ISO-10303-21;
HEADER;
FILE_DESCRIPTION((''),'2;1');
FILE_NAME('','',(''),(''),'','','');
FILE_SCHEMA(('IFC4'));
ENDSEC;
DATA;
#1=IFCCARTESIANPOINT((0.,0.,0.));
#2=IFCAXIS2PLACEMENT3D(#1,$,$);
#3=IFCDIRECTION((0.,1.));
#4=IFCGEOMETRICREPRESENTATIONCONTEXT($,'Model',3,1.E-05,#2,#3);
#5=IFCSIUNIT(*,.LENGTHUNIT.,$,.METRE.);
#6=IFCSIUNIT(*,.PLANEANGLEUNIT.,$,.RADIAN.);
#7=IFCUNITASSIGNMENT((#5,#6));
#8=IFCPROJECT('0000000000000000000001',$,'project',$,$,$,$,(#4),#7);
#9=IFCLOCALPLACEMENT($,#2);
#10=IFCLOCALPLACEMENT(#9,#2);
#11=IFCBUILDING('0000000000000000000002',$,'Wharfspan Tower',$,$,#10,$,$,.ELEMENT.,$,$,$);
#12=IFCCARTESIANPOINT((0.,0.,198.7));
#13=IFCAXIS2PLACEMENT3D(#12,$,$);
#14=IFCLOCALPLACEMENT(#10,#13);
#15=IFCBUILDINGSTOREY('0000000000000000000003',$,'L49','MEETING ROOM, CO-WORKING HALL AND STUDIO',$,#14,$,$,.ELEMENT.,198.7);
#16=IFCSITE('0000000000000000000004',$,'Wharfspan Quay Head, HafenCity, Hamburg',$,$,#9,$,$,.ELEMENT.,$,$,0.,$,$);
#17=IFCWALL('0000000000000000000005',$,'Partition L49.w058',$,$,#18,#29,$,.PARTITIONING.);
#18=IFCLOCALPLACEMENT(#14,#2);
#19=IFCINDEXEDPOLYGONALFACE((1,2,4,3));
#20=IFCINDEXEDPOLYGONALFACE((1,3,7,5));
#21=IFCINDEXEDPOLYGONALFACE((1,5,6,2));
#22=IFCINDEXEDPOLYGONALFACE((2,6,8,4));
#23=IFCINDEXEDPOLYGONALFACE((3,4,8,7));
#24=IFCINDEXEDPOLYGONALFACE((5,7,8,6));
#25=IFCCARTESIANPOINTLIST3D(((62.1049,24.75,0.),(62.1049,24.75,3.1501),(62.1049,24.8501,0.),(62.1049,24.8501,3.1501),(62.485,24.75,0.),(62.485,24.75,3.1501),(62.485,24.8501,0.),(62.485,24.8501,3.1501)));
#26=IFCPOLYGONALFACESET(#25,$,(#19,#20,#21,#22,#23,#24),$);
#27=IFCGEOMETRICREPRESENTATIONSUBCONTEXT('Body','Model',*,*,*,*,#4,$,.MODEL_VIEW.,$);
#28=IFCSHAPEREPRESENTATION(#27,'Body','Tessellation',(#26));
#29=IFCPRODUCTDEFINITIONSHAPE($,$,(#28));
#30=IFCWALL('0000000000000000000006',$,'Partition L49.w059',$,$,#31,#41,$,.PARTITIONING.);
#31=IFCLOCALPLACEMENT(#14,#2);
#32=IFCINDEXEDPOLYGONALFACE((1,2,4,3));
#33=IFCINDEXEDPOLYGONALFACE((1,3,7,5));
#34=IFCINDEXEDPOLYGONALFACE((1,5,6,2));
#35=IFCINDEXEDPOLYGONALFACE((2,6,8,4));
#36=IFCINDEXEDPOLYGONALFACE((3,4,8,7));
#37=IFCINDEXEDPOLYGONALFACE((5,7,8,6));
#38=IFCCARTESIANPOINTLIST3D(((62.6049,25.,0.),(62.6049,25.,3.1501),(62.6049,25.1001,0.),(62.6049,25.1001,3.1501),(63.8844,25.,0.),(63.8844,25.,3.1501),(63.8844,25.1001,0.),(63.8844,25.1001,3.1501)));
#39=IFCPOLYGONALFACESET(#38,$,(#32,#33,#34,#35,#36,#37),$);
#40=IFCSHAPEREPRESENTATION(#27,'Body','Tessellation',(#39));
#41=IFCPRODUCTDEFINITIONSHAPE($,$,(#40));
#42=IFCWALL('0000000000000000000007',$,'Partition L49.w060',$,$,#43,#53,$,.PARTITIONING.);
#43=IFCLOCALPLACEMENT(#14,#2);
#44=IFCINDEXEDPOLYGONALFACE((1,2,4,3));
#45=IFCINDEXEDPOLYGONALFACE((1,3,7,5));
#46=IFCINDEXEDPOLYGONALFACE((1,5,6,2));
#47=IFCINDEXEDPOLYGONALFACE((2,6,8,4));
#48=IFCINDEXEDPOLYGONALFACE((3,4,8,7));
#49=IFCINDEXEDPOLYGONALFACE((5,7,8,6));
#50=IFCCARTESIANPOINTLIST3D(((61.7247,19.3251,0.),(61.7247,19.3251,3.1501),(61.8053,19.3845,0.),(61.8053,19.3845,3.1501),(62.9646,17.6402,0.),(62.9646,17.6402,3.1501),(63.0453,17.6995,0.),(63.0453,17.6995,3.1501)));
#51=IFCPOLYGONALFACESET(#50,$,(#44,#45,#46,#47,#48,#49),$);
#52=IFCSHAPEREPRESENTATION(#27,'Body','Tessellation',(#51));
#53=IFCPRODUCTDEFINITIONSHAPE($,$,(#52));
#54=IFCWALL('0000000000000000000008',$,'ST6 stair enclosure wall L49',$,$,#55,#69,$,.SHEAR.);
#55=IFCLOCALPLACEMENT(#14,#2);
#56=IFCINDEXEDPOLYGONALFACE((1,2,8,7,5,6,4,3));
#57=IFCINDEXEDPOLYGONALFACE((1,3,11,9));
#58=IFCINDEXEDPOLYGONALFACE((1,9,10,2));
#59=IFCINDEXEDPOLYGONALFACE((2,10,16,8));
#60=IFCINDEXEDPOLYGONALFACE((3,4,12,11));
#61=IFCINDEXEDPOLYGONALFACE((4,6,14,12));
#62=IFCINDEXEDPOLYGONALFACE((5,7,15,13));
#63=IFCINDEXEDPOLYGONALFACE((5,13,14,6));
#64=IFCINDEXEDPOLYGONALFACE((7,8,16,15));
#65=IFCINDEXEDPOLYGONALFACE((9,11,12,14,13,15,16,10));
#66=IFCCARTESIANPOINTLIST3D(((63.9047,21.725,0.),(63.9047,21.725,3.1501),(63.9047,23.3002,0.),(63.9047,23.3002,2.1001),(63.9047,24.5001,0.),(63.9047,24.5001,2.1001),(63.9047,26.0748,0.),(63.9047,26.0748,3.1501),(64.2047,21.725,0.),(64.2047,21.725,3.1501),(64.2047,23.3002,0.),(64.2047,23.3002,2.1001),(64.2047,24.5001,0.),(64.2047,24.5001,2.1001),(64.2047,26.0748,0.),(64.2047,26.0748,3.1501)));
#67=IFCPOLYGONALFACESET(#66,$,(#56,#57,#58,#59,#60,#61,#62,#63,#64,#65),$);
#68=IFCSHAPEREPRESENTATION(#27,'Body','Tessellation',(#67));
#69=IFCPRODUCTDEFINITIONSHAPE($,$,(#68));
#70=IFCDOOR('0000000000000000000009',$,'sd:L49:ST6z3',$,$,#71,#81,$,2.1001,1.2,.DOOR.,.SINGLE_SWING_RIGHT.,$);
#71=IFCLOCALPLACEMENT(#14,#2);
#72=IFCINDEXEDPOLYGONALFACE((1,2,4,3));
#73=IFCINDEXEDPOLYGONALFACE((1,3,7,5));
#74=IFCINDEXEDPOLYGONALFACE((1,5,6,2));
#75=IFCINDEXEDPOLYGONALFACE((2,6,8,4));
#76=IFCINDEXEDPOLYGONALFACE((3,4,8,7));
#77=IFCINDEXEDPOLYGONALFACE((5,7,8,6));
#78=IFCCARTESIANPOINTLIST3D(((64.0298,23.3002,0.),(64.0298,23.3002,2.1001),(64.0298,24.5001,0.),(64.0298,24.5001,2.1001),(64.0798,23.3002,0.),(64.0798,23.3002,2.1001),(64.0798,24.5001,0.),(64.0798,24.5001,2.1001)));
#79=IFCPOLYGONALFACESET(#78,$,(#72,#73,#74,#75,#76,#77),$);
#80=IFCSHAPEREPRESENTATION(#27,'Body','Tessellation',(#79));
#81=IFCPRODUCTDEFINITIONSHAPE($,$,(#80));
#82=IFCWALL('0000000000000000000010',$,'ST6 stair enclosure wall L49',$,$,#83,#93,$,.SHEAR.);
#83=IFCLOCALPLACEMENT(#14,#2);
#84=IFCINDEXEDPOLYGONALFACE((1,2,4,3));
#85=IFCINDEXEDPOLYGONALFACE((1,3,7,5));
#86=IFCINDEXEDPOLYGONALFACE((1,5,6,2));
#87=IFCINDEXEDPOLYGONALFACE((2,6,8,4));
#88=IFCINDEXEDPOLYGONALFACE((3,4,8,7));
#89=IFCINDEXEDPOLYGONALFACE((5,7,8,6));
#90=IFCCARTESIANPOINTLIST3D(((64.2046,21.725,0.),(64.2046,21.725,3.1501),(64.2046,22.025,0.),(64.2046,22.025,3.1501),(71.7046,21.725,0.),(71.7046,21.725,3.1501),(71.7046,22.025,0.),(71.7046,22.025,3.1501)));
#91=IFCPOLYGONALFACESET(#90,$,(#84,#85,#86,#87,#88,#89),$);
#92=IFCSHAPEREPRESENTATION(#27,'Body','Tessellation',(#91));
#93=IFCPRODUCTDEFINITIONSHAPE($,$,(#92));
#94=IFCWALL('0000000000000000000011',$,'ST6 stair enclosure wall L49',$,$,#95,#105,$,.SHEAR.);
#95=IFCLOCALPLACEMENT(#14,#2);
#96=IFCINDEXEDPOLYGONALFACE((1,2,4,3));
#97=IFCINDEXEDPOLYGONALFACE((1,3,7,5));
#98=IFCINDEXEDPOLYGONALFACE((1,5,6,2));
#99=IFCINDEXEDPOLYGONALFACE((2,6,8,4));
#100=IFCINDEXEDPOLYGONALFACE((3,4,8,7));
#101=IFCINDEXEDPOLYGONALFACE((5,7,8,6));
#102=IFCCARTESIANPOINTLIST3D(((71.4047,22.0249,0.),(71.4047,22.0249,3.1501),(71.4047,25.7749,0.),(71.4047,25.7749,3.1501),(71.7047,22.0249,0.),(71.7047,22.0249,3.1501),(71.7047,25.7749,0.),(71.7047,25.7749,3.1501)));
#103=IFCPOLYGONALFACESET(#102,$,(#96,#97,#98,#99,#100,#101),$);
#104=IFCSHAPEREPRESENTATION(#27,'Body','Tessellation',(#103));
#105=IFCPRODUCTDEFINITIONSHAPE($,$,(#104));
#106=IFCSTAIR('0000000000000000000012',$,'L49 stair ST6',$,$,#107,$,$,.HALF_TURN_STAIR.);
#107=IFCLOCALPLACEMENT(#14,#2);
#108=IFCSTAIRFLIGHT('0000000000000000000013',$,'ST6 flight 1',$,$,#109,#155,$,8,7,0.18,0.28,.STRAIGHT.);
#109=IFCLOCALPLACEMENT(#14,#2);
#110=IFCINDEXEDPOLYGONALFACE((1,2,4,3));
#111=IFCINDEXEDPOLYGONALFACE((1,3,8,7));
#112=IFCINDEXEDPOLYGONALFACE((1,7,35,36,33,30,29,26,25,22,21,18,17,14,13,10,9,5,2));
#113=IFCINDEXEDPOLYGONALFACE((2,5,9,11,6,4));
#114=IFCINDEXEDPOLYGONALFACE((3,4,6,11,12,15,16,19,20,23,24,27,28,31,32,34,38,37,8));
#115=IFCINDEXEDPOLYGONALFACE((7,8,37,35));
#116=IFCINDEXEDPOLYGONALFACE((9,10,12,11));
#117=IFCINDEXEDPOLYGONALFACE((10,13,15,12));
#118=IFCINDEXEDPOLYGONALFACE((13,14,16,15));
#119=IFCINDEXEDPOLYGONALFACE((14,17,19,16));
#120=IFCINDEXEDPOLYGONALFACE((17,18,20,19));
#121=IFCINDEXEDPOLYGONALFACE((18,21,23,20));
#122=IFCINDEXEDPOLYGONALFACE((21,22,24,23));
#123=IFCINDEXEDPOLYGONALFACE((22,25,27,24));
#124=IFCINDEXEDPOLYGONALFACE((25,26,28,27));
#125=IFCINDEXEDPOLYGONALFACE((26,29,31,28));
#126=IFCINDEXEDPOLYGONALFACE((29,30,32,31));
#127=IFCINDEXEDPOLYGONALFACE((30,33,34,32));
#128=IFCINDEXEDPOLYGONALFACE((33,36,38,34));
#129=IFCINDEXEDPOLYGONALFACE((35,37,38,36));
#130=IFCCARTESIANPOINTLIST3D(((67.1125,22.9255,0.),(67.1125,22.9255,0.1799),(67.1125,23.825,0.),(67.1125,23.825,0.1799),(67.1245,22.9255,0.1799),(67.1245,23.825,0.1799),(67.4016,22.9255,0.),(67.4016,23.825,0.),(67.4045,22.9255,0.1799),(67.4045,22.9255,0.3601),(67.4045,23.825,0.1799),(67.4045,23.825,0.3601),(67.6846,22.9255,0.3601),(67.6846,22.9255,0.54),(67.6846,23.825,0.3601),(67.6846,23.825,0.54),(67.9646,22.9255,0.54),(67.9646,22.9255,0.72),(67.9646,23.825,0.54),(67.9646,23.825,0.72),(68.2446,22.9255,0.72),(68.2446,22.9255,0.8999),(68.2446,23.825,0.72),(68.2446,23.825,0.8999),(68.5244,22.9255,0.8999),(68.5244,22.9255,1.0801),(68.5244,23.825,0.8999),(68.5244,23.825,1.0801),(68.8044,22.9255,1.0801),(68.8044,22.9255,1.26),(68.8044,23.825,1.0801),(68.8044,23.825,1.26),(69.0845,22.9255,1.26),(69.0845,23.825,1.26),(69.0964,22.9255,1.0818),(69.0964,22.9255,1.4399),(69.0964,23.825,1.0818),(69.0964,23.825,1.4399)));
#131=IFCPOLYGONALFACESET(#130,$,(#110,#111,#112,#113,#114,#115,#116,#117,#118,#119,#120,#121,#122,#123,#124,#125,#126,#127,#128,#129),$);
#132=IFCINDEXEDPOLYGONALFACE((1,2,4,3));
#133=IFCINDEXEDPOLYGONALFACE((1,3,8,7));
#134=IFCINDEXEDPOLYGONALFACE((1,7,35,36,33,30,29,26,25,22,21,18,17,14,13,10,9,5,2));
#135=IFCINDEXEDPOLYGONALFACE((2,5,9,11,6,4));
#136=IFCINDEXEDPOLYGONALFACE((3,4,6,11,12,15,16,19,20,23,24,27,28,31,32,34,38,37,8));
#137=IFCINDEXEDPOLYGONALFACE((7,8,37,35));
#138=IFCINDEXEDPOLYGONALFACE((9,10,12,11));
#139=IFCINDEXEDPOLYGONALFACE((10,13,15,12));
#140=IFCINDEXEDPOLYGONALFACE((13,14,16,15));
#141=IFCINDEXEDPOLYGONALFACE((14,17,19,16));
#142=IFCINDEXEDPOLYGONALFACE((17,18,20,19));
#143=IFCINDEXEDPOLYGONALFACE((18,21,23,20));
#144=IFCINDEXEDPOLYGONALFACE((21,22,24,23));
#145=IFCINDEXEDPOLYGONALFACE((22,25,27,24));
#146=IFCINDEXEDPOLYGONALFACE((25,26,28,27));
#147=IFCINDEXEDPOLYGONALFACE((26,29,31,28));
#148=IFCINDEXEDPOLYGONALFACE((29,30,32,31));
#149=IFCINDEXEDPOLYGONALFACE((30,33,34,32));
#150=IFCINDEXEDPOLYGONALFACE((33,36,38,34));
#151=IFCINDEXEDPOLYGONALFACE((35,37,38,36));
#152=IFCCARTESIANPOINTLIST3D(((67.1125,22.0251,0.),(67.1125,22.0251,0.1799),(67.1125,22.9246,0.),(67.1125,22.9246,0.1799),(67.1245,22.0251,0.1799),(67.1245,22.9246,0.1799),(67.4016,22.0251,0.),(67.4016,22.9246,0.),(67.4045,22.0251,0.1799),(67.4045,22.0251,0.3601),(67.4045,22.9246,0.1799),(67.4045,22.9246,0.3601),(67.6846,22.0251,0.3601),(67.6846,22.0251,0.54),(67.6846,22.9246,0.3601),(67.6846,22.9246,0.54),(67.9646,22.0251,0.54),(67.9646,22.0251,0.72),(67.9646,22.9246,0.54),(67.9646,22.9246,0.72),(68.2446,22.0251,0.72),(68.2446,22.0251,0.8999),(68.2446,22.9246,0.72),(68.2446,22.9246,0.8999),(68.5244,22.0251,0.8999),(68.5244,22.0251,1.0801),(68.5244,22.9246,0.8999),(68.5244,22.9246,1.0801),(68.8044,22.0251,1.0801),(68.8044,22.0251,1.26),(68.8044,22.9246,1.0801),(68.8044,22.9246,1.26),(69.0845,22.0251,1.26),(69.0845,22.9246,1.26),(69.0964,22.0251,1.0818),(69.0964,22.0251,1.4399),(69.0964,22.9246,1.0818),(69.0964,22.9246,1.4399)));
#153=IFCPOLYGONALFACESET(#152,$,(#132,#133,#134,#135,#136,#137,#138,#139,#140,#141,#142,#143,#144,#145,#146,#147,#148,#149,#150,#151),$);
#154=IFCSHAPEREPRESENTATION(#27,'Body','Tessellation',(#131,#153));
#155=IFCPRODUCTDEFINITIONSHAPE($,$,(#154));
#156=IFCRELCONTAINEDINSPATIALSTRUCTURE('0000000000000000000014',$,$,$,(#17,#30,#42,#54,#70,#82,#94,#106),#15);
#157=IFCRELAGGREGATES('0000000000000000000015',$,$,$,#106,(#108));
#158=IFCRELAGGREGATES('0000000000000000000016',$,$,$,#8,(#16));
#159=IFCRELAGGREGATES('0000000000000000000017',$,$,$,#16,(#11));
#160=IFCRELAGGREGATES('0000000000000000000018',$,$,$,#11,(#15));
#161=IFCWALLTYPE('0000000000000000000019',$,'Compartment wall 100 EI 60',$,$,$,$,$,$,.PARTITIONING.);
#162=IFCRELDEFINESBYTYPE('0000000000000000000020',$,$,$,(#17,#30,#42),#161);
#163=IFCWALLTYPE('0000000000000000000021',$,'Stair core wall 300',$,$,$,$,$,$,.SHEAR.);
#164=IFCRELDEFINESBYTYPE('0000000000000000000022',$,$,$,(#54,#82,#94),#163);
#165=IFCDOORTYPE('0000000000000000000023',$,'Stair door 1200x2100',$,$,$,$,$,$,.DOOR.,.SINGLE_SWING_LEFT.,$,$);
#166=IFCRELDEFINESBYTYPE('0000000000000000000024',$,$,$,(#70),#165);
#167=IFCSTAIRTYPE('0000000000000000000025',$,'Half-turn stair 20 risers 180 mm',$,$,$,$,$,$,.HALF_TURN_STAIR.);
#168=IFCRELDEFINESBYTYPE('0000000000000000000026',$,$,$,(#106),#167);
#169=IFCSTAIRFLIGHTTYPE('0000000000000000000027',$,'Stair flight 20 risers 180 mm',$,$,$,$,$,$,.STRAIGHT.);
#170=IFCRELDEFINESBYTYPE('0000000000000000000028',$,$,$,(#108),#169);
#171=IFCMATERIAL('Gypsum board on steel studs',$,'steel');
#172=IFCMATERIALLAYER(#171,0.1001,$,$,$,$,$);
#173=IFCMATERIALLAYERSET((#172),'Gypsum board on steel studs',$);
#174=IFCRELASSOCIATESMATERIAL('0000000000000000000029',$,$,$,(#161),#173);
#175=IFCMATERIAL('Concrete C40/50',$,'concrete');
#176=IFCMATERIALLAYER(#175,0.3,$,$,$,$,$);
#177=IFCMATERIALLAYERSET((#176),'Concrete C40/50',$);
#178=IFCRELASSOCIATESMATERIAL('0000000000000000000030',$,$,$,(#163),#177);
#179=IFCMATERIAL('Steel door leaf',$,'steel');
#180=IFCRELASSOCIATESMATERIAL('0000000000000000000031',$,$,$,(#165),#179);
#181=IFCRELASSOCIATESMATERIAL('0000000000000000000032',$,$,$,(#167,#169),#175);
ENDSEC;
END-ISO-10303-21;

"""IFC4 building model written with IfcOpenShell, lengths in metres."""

from ifc_helpers import new_model, si_unit, direction, frame, frame_2d, origin, place, context, subcontext, project, spatial, polyline, rectangle, outline, extrude, material, layer, layer_set, type_object, element, fill, aggregate, save


model = new_model("IFC4")

# Units and contexts
model_context = context("Model", 3, precision=1e-05, world=origin(), true_north=direction((0.0, 1.0)))
body_context = subcontext(model_context, "Body", "Model", "MODEL_VIEW")
ifc_project = project(units=[si_unit("LENGTHUNIT", "METRE"), si_unit("PLANEANGLEUNIT", "RADIAN")], contexts=[model_context])

# Site, building, storey
site_placement = place(None, origin())
site = spatial("IfcSite", under=ifc_project, at=site_placement, Name="Wharfspan Quay Head, HafenCity, Hamburg", CompositionType="ELEMENT", RefElevation=0.0)
building_placement = place(site_placement, origin())
building = spatial("IfcBuilding", under=site, at=building_placement, Name="Wharfspan Tower", CompositionType="ELEMENT")
storey_placement = place(building_placement, frame((0.0, 0.0, 198.7)))
storey = spatial("IfcBuildingStorey", under=building, at=storey_placement, Name="L49", Description="MEETING ROOM, CO-WORKING HALL AND STUDIO", CompositionType="ELEMENT", Elevation=198.7)

# Shared definitions
ifc_material_1 = material(Name="Gypsum board on steel studs", Category="steel")
ifc_layer_1 = layer(ifc_material_1, 0.1001)
ifc_layer_set_1 = layer_set([ifc_layer_1], Name="Gypsum board on steel studs")
wall_type_1 = type_object("IfcWallType", Name="Compartment wall 100 EI 60", PredefinedType="PARTITIONING", material=ifc_layer_set_1)

# Walls
wall_1_placement = place(storey_placement, frame((62.105, 24.8, 0.0), z_axis=(0.0, 0.0, 1.0), x_axis=(1.0, 0.0, 0.0)))
element("IfcWall", 1, at=wall_1_placement, inside=storey, type_object=wall_type_1, Name="Partition L49.w058", PredefinedType="PARTITIONING", context=body_context, shape_type="SweptSolid", body=[
    extrude(rectangle(XDim=0.3801, YDim=0.1001, at=frame_2d((0.1899, 0.0))), origin(), (0.0, 0.0, 1.0), 3.1501),
])
wall_2_placement = place(storey_placement, frame((62.605, 25.05, 0.0), z_axis=(0.0, 0.0, 1.0), x_axis=(1.0, 0.0, 0.0)))
element("IfcWall", 2, at=wall_2_placement, inside=storey, type_object=wall_type_1, Name="Partition L49.w059", PredefinedType="PARTITIONING", context=body_context, shape_type="SweptSolid", body=[
    extrude(rectangle(XDim=1.2795, YDim=0.1001, at=frame_2d((0.6396, 0.0))), origin(), (0.0, 0.0, 1.0), 3.1501),
])
wall_3_placement = place(storey_placement, frame((63.0049, 17.6699, 0.0), z_axis=(0.0, 0.0, 1.0), x_axis=(-0.592694, 0.805429, 0.0)))
element("IfcWall", 3, at=wall_3_placement, inside=storey, type_object=wall_type_1, Name="Partition L49.w060", PredefinedType="PARTITIONING", context=body_context, shape_type="SweptSolid", body=[
    extrude(rectangle(XDim=2.092, YDim=0.1001, at=frame_2d((1.0459, 0.0))), origin(), (0.0, 0.0, 1.0), 3.1501),
])

# Wall, opening, door
ifc_material_2 = material(Name="Concrete C40/50", Category="concrete")
ifc_layer_2 = layer(ifc_material_2, 0.3)
ifc_layer_set_2 = layer_set([ifc_layer_2], Name="Concrete C40/50")
wall_type_2 = type_object("IfcWallType", Name="Stair core wall 300", PredefinedType="SHEAR", material=ifc_layer_set_2)
wall_4_placement = place(storey_placement, frame((64.0547, 21.7251, 0.0), z_axis=(0.0, 0.0, 1.0), x_axis=(0.0, 1.0, 0.0)))
wall_4 = element("IfcWall", 4, at=wall_4_placement, inside=storey, type_object=wall_type_2, Name="ST6 stair enclosure wall L49", PredefinedType="SHEAR", context=body_context, shape_type="SweptSolid", body=[
    extrude(rectangle(XDim=4.3499, YDim=0.3, at=frame_2d((2.1748, 0.0))), origin(), (0.0, 0.0, 1.0), 3.1501),
])
opening_1_placement = place(wall_4_placement, frame((1.575, 0.0, 0.0)))
opening_1 = element("IfcOpeningElement", 5, at=opening_1_placement, cuts=wall_4, PredefinedType="OPENING", context=body_context, shape_type="SweptSolid", body=[
    extrude(rectangle(XDim=1.2, YDim=2.1001, at=frame_2d((0.6001, 1.05))), frame((0.0, 0.1599, 0.0), z_axis=(0.0, -1.0, 0.0), x_axis=(1.0, 0.0, 0.0)), (0.0, 0.0, 1.0), 0.3201),
])
ifc_material_3 = material(Name="Steel door leaf", Category="steel")
door_type_1 = type_object("IfcDoorType", Name="Stair door 1200x2100", OperationType="SINGLE_SWING_LEFT", PredefinedType="DOOR", material=ifc_material_3)
door_1_placement = place(opening_1_placement, origin())
door_1 = element("IfcDoor", 6, at=door_1_placement, inside=storey, type_object=door_type_1, Name="sd:L49:ST6z3", OperationType="SINGLE_SWING_RIGHT", OverallHeight=2.1001, OverallWidth=1.2, PredefinedType="DOOR", context=body_context, shape_type="SweptSolid", body=[
    extrude(rectangle(XDim=1.2, YDim=2.1001, at=frame_2d((0.6001, 1.05))), frame((0.0, 0.0249, 0.0), z_axis=(0.0, -1.0, 0.0), x_axis=(1.0, 0.0, 0.0)), (0.0, 0.0, 1.0), 0.05),
])
fill(opening_1, door_1)

# Walls
wall_5_placement = place(storey_placement, frame((64.2046, 21.875, 0.0), z_axis=(0.0, 0.0, 1.0), x_axis=(1.0, 0.0, 0.0)))
element("IfcWall", 7, at=wall_5_placement, inside=storey, type_object=wall_type_2, Name="ST6 stair enclosure wall L49", PredefinedType="SHEAR", context=body_context, shape_type="SweptSolid", body=[
    extrude(rectangle(XDim=7.5, YDim=0.3, at=frame_2d((3.75, 0.0))), origin(), (0.0, 0.0, 1.0), 3.1501),
])
wall_6_placement = place(storey_placement, frame((71.5547, 22.0249, 0.0), z_axis=(0.0, 0.0, 1.0), x_axis=(0.0, 1.0, 0.0)))
element("IfcWall", 8, at=wall_6_placement, inside=storey, type_object=wall_type_2, Name="ST6 stair enclosure wall L49", PredefinedType="SHEAR", context=body_context, shape_type="SweptSolid", body=[
    extrude(rectangle(XDim=3.75, YDim=0.3, at=frame_2d((1.875, 0.0))), origin(), (0.0, 0.0, 1.0), 3.1501),
])

# Stair, stair flight
stair_type = type_object("IfcStairType", Name="Half-turn stair 20 risers 180 mm", PredefinedType="HALF_TURN_STAIR", material=ifc_material_2)
stair_placement = place(storey_placement, origin())
stair = element("IfcStair", 9, at=stair_placement, inside=storey, type_object=stair_type, Name="L49 stair ST6", PredefinedType="HALF_TURN_STAIR")
stair_flight_type = type_object("IfcStairFlightType", Name="Stair flight 20 risers 180 mm", PredefinedType="STRAIGHT", material=ifc_material_2)
stair_flight_1_placement = place(storey_placement, frame((67.1245, 22.925, 0.0), z_axis=(0.0, 0.0, 1.0), x_axis=(1.0, 0.0, 0.0)))
stair_flight_1 = element("IfcStairFlight", 10, at=stair_flight_1_placement, type_object=stair_flight_type, Name="ST6 flight 1", NumberOfRisers=8, NumberOfTreads=7, PredefinedType="STRAIGHT", RiserHeight=0.18, TreadLength=0.28, context=body_context, shape_type="SweptSolid", body=[
    extrude(outline(polyline([(-0.012, 0.0), (-0.012, 0.1799), (0.0, 0.1799), (0.28, 0.1799), (0.28, 0.3601), (0.5601, 0.3601), (0.5601, 0.54), (0.8401, 0.54), (0.8401, 0.72), (1.1201, 0.72), (1.1201, 0.8999), (1.3999, 0.8999), (1.3999, 1.0801), (1.6799, 1.0801), (1.6799, 1.26), (1.96, 1.26), (1.9719, 1.4399), (1.9719, 1.0818), (0.2771, 0.0), (-0.012, 0.0)])), frame((0.0, 0.8999, 0.0), z_axis=(0.0, -1.0, 0.0), x_axis=(1.0, 0.0, 0.0)), (0.0, 0.0, 1.0), 0.8994),
    extrude(outline(polyline([(-0.012, 0.0), (-0.012, 0.1799), (0.0, 0.1799), (0.28, 0.1799), (0.28, 0.3601), (0.5601, 0.3601), (0.5601, 0.54), (0.8401, 0.54), (0.8401, 0.72), (1.1201, 0.72), (1.1201, 0.8999), (1.3999, 0.8999), (1.3999, 1.0801), (1.6799, 1.0801), (1.6799, 1.26), (1.96, 1.26), (1.9719, 1.4399), (1.9719, 1.0818), (0.2771, 0.0), (-0.012, 0.0)])), frame((0.0, -0.0005, 0.0), z_axis=(0.0, -1.0, 0.0), x_axis=(1.0, 0.0, 0.0)), (0.0, 0.0, 1.0), 0.8994),
])
aggregate(stair, [stair_flight_1])

save(model, "model.ifc")
